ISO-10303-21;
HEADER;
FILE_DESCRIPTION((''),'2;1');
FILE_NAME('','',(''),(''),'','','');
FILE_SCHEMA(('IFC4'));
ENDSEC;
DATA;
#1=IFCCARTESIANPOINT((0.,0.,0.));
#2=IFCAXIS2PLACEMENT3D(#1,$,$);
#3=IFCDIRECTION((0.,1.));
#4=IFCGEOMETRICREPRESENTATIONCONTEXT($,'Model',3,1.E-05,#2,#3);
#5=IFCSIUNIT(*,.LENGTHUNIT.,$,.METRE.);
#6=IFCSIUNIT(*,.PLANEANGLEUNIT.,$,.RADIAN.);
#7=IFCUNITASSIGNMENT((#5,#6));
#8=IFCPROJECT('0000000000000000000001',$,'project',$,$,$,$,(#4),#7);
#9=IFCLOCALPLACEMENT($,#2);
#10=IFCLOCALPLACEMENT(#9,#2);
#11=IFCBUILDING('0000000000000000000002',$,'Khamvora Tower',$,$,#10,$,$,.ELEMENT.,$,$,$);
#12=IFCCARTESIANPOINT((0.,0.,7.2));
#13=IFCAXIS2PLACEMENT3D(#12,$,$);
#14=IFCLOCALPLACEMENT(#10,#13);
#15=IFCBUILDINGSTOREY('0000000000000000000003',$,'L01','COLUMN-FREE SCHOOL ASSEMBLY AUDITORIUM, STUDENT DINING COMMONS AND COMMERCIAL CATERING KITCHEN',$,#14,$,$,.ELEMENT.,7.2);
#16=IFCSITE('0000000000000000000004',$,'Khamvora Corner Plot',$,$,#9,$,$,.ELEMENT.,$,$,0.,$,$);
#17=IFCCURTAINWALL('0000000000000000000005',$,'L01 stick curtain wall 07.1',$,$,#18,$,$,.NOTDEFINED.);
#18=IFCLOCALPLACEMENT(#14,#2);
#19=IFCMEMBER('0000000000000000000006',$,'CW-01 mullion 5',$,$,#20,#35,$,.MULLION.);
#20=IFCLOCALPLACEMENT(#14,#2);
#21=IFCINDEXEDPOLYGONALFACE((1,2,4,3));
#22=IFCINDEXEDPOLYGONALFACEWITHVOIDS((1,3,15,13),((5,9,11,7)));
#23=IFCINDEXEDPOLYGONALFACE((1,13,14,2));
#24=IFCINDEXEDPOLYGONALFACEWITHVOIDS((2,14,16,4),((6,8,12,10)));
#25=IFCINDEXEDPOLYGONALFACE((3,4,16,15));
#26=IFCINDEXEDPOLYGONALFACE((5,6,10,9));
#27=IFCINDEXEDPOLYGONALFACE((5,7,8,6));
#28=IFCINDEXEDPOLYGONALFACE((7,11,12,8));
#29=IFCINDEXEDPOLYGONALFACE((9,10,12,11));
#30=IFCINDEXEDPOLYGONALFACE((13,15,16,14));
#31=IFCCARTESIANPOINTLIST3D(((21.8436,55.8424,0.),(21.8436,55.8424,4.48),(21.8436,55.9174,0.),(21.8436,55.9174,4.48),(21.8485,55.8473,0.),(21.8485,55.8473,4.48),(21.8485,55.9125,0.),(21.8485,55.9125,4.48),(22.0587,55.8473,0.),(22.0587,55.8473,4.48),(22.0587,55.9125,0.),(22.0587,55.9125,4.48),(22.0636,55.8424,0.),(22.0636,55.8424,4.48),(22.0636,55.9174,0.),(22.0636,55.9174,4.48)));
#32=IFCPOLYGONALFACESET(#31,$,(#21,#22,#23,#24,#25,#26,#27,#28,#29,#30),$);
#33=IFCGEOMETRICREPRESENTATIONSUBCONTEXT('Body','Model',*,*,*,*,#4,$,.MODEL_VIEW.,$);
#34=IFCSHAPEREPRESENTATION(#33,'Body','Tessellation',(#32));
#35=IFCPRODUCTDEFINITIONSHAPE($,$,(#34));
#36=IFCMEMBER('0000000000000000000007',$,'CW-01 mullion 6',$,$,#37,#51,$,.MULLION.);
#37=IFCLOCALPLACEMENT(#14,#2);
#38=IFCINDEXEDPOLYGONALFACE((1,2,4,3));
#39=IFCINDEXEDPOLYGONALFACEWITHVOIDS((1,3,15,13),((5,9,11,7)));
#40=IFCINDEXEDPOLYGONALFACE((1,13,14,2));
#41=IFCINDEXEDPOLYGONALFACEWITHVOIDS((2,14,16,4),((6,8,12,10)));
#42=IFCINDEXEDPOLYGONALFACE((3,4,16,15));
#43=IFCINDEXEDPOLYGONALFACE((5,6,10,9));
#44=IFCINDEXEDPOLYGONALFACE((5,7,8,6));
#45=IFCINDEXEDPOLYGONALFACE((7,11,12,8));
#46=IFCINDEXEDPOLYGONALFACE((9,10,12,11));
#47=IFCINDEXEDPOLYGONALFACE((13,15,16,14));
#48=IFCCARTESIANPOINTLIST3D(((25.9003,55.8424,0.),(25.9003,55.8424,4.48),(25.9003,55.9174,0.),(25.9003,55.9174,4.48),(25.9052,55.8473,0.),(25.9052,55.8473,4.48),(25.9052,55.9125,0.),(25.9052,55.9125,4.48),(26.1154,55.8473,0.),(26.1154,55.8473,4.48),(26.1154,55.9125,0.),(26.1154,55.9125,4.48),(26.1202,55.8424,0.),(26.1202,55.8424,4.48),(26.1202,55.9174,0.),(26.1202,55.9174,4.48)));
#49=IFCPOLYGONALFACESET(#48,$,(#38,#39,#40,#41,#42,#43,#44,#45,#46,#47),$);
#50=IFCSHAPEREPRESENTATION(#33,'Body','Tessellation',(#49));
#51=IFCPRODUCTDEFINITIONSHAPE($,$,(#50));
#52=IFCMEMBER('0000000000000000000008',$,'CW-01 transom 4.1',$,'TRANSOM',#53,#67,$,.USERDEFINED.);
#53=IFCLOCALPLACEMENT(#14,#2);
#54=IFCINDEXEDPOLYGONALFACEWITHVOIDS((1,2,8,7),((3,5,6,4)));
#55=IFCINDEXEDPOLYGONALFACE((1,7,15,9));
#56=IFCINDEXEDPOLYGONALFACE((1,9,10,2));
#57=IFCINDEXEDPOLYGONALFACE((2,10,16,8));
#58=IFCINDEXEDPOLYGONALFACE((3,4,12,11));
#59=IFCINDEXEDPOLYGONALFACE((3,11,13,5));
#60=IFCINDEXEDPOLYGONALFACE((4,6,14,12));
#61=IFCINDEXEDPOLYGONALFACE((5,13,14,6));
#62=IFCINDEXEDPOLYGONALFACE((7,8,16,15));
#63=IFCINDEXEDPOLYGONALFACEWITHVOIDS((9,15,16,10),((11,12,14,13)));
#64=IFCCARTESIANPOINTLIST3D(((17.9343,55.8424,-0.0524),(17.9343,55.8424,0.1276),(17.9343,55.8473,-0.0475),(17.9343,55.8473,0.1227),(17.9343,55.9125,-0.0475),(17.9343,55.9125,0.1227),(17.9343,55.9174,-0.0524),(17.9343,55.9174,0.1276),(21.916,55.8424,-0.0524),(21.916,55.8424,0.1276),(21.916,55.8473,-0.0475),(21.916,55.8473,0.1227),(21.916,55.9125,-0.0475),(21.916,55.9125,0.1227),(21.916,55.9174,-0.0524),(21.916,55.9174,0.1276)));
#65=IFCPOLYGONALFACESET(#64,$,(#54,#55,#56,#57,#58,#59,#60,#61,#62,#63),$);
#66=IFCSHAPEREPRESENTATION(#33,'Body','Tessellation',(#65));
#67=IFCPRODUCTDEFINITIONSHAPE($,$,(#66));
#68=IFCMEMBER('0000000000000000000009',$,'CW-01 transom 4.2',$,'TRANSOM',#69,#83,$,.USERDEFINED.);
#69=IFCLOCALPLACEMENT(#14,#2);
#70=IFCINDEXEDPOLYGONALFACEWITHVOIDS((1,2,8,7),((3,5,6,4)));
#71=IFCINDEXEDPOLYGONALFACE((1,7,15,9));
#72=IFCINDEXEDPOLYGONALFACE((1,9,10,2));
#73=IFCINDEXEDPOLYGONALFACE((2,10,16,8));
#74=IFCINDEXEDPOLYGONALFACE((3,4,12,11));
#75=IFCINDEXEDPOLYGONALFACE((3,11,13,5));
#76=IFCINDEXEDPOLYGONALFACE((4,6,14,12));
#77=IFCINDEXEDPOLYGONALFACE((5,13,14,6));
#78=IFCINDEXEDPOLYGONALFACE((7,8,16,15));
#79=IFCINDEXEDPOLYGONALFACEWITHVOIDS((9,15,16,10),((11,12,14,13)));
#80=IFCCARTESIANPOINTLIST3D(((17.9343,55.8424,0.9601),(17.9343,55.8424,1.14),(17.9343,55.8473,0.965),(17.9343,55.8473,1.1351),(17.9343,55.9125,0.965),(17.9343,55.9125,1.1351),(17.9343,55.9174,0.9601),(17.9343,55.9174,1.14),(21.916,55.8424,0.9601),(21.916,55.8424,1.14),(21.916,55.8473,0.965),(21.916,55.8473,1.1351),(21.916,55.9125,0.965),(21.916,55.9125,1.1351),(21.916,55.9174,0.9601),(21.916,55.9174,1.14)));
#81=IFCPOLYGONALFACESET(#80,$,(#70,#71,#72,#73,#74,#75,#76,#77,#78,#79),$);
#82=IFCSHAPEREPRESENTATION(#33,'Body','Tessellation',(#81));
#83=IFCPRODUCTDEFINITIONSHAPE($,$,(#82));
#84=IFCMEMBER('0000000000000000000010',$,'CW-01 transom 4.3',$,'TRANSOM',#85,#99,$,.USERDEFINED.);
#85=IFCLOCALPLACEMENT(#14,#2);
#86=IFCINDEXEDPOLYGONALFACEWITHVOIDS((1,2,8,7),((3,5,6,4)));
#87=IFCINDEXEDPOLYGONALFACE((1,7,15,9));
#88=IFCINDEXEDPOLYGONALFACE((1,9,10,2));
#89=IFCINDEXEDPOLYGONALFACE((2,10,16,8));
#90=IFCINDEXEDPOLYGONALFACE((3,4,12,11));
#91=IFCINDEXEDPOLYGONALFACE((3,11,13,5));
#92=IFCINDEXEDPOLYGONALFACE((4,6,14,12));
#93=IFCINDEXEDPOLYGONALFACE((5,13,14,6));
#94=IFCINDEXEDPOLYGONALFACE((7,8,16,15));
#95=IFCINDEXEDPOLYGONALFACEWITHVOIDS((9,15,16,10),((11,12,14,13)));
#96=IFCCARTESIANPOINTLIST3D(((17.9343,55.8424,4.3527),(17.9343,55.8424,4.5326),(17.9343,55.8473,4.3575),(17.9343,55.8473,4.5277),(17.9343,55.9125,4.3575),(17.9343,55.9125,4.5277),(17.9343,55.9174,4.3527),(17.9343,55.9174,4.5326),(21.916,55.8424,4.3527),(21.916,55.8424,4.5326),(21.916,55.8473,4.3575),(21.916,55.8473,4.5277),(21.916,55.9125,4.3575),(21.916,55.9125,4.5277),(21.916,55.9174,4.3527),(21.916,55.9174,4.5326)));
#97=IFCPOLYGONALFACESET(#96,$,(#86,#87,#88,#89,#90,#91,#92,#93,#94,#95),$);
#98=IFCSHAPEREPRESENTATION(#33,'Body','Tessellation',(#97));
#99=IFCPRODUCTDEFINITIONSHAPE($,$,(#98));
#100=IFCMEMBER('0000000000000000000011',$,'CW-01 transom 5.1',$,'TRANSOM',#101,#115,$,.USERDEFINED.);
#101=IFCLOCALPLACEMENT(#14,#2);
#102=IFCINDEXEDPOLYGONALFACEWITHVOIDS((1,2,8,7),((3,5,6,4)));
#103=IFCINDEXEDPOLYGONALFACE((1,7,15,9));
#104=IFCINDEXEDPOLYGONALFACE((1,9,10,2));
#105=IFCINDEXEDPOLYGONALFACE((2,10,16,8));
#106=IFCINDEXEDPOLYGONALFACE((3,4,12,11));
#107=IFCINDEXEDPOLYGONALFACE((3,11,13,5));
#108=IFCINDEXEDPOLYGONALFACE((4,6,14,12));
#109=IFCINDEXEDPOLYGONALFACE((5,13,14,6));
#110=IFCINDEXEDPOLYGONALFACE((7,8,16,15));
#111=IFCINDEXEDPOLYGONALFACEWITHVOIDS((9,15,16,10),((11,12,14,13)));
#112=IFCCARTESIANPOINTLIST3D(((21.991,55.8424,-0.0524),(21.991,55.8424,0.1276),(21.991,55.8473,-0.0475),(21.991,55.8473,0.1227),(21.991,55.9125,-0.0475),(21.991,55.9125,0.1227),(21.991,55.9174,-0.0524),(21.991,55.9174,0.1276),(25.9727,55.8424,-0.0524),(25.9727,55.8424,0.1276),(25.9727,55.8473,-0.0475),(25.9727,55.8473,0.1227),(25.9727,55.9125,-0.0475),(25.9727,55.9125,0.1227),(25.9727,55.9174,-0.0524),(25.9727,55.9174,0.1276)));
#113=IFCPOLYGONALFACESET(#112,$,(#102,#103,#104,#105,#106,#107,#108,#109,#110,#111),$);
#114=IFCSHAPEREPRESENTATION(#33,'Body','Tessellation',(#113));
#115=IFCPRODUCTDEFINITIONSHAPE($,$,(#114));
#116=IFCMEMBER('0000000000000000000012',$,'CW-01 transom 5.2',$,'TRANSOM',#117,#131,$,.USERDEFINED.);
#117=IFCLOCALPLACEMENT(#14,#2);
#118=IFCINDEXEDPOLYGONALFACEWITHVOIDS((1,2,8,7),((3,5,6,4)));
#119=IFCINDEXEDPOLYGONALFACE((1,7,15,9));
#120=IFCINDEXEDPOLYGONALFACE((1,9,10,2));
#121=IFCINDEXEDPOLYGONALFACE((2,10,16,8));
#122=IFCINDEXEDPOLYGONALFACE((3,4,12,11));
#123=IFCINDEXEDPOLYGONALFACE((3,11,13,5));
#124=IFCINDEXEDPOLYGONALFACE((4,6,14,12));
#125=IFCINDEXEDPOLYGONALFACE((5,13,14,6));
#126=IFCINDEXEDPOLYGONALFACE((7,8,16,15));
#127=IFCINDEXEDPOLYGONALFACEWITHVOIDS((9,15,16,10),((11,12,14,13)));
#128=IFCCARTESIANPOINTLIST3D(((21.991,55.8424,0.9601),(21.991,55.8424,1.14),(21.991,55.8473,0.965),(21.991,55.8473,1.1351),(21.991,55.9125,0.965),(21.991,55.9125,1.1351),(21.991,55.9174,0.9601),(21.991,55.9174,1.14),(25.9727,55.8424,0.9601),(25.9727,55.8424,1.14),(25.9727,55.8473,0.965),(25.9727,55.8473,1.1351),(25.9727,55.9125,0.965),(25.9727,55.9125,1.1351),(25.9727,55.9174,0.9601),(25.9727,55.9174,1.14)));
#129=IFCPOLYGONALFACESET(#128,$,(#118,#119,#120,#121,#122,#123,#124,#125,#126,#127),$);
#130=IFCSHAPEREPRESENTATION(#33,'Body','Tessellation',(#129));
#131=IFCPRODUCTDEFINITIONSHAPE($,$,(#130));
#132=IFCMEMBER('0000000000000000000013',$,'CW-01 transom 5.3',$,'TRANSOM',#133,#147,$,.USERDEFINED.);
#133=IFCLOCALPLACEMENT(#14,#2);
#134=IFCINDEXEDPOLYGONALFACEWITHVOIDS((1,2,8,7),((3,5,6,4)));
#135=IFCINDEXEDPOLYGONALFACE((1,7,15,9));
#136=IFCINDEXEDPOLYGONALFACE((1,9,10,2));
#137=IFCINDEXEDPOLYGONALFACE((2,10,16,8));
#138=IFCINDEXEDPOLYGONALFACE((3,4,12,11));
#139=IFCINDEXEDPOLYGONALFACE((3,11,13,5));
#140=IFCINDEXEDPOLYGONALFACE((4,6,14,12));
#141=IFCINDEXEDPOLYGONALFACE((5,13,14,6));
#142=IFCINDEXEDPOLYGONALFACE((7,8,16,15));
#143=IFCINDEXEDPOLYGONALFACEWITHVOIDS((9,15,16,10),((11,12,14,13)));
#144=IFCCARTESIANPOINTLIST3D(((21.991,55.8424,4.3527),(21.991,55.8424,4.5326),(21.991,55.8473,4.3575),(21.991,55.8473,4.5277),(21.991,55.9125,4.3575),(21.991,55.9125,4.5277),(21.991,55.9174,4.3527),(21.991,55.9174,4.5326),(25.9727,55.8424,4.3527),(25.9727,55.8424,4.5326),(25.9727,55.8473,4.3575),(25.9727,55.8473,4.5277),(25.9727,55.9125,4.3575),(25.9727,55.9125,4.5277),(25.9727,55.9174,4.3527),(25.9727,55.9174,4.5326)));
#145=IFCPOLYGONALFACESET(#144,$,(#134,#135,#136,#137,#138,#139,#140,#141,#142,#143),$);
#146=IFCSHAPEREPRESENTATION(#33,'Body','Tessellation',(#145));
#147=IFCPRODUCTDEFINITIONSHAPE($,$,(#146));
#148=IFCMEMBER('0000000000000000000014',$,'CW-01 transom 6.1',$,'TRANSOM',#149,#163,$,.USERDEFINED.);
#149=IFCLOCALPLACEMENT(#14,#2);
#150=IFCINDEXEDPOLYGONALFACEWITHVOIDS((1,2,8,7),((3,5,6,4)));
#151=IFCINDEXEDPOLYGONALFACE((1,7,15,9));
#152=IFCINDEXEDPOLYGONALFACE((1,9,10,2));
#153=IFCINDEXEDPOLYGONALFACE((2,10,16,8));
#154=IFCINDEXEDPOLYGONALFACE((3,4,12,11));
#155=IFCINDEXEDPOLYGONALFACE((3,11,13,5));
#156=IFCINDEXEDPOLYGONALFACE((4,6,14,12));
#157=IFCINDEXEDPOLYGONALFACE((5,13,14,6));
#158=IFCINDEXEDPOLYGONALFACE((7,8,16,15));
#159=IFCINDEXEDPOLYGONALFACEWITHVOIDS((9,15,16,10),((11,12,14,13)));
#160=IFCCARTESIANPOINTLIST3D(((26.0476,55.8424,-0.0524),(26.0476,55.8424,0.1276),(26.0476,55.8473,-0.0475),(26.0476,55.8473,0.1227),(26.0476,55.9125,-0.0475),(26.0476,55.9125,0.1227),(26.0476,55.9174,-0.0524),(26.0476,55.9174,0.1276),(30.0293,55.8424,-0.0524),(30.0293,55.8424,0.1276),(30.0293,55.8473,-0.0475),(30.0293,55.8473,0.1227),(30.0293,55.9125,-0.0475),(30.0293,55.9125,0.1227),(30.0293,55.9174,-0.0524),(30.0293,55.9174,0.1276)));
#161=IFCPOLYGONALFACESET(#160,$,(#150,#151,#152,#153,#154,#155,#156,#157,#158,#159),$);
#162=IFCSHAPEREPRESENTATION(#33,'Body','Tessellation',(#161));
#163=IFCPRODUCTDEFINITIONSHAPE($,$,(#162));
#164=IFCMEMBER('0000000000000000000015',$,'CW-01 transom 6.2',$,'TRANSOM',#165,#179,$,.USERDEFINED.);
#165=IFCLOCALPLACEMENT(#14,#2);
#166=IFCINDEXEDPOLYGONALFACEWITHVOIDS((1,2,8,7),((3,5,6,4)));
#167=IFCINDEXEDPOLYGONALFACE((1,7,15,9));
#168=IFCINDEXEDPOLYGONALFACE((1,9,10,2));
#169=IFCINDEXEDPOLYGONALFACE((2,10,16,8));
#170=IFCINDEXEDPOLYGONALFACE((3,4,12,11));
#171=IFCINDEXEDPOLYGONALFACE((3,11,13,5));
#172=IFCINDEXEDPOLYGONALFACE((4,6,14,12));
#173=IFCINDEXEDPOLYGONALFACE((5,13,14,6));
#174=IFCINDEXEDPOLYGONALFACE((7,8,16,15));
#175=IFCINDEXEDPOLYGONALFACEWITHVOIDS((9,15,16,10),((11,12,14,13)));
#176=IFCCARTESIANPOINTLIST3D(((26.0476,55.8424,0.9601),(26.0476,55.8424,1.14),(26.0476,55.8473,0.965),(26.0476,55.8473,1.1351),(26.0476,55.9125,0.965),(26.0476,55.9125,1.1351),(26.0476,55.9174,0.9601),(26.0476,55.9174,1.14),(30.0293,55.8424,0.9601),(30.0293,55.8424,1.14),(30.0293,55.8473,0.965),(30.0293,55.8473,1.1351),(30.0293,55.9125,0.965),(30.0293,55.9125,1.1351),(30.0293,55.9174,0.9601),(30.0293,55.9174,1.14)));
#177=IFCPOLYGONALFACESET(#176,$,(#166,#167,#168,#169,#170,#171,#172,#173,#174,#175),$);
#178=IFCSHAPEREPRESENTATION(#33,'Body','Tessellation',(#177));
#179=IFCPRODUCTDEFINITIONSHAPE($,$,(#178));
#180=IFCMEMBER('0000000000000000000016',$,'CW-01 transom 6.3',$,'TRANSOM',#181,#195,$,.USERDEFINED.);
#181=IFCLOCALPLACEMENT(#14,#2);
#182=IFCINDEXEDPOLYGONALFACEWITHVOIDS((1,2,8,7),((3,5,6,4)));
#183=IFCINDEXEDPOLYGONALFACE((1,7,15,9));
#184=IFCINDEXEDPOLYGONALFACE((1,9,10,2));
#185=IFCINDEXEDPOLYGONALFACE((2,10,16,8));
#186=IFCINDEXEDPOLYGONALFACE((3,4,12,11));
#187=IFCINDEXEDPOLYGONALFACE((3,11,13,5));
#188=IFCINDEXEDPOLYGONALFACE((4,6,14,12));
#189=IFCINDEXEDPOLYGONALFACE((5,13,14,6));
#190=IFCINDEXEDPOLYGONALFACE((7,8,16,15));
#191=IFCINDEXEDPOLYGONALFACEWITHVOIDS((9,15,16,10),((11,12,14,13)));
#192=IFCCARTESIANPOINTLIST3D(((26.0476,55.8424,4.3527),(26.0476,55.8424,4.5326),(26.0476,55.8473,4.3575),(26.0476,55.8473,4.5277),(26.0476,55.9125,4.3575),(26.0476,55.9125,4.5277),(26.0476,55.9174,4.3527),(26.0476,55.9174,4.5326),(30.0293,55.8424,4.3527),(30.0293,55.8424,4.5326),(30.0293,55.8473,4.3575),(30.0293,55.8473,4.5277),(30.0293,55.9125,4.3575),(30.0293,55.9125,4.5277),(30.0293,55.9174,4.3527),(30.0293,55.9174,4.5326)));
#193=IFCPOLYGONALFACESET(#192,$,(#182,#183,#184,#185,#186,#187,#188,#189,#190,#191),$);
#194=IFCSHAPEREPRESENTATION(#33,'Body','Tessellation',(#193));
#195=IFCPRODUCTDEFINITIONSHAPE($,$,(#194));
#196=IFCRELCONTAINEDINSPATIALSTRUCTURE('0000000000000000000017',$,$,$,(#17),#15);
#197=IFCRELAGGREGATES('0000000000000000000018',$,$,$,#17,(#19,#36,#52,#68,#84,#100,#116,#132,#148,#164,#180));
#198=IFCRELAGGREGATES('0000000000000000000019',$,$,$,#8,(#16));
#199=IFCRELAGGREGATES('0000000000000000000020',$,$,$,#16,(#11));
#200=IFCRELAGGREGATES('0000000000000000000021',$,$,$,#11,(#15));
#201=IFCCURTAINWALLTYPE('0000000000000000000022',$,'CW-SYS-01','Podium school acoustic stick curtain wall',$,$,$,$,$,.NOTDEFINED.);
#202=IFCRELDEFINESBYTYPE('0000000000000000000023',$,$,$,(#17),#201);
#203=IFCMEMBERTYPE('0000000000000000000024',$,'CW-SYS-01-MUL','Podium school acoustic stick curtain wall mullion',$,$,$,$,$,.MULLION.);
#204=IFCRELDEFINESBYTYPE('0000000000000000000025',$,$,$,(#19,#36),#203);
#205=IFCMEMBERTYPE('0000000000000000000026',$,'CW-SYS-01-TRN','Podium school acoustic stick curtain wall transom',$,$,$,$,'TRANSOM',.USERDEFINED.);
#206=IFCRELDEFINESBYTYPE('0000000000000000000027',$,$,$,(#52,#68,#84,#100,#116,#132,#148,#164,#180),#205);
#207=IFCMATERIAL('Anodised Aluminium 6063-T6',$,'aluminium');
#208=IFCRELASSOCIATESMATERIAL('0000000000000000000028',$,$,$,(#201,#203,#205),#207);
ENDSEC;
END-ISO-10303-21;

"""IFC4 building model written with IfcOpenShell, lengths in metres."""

from ifc_helpers import new_model, si_unit, direction, frame, origin, origin_2d, place, context, subcontext, project, spatial, hollow_rectangle, extrude, material, material_profile, profile_set, type_object, element, aggregate, save


model = new_model("IFC4")

# Units and contexts
model_context = context("Model", 3, precision=1e-05, world=origin(), true_north=direction((0.0, 1.0)))
body_context = subcontext(model_context, "Body", "Model", "MODEL_VIEW")
ifc_project = project(units=[si_unit("LENGTHUNIT", "METRE"), si_unit("PLANEANGLEUNIT", "RADIAN")], contexts=[model_context])

# Site, building, storey
site_placement = place(None, origin())
site = spatial("IfcSite", under=ifc_project, at=site_placement, Name="Khamvora Corner Plot", CompositionType="ELEMENT", RefElevation=0.0)
building_placement = place(site_placement, origin())
building = spatial("IfcBuilding", under=site, at=building_placement, Name="Khamvora Tower", CompositionType="ELEMENT")
storey_placement = place(building_placement, frame((0.0, 0.0, 7.2)))
storey = spatial("IfcBuildingStorey", under=building, at=storey_placement, Name="L01", Description="COLUMN-FREE SCHOOL ASSEMBLY AUDITORIUM, STUDENT DINING COMMONS AND COMMERCIAL CATERING KITCHEN", CompositionType="ELEMENT", Elevation=7.2)

# Curtain wall, members
ifc_material_1 = material(Name="Anodised Aluminium 6063-T6", Category="aluminium")
curtain_wall_type = type_object("IfcCurtainWallType", Name="CW-SYS-01", Description="Podium school acoustic stick curtain wall", PredefinedType="NOTDEFINED", material=ifc_material_1)
curtain_wall_placement = place(storey_placement, origin())
curtain_wall = element("IfcCurtainWall", 1, at=curtain_wall_placement, inside=storey, type_object=curtain_wall_type, Name="L01 stick curtain wall 07.1", PredefinedType="NOTDEFINED")
ifc_material_profile_1 = material_profile(ifc_material_1, hollow_rectangle(XDim=0.075, YDim=0.22, WallThickness=0.0049, at=origin_2d()), Name="MUL75x220x5")
ifc_profile_set_1 = profile_set([ifc_material_profile_1], Name="Anodised Aluminium 6063-T6")
member_type_1 = type_object("IfcMemberType", Name="CW-SYS-01-MUL", Description="Podium school acoustic stick curtain wall mullion", PredefinedType="MULLION", material=ifc_profile_set_1)
member_1_placement = place(storey_placement, frame((21.9536, 55.8799, 0.0), z_axis=(0.0, 0.0, 1.0), x_axis=(0.0, 1.0, 0.0)))
member_1 = element("IfcMember", 2, at=member_1_placement, type_object=member_type_1, Name="CW-01 mullion 5", PredefinedType="MULLION", context=body_context, shape_type="SweptSolid", body=[
    extrude(hollow_rectangle(XDim=0.075, YDim=0.22, WallThickness=0.0049, at=origin_2d()), origin(), (0.0, 0.0, 1.0), 4.48),
])
member_2_placement = place(storey_placement, frame((26.0103, 55.8799, 0.0), z_axis=(0.0, 0.0, 1.0), x_axis=(0.0, 1.0, 0.0)))
member_2 = element("IfcMember", 3, at=member_2_placement, type_object=member_type_1, Name="CW-01 mullion 6", PredefinedType="MULLION", context=body_context, shape_type="SweptSolid", body=[
    extrude(hollow_rectangle(XDim=0.075, YDim=0.22, WallThickness=0.0049, at=origin_2d()), origin(), (0.0, 0.0, 1.0), 4.48),
])
ifc_material_profile_2 = material_profile(ifc_material_1, hollow_rectangle(XDim=0.075, YDim=0.1799, WallThickness=0.0049, at=origin_2d()), Name="TRN75x180x5")
ifc_profile_set_2 = profile_set([ifc_material_profile_2], Name="Anodised Aluminium 6063-T6")
member_type_2 = type_object("IfcMemberType", Name="CW-SYS-01-TRN", Description="Podium school acoustic stick curtain wall transom", ElementType="TRANSOM", PredefinedType="USERDEFINED", material=ifc_profile_set_2)
member_3_placement = place(storey_placement, frame((17.9343, 55.8799, 0.0376), z_axis=(1.0, 0.0, 0.0), x_axis=(0.0, 1.0, 0.0)))
member_3 = element("IfcMember", 4, at=member_3_placement, type_object=member_type_2, Name="CW-01 transom 4.1", ObjectType="TRANSOM", PredefinedType="USERDEFINED", context=body_context, shape_type="SweptSolid", body=[
    extrude(hollow_rectangle(XDim=0.075, YDim=0.1799, WallThickness=0.0049, at=origin_2d()), origin(), (0.0, 0.0, 1.0), 3.9817),
])
member_4_placement = place(storey_placement, frame((17.9343, 55.8799, 1.05), z_axis=(1.0, 0.0, 0.0), x_axis=(0.0, 1.0, 0.0)))
member_4 = element("IfcMember", 5, at=member_4_placement, type_object=member_type_2, Name="CW-01 transom 4.2", ObjectType="TRANSOM", PredefinedType="USERDEFINED", context=body_context, shape_type="SweptSolid", body=[
    extrude(hollow_rectangle(XDim=0.075, YDim=0.1799, WallThickness=0.0049, at=origin_2d()), origin(), (0.0, 0.0, 1.0), 3.9817),
])
member_5_placement = place(storey_placement, frame((17.9343, 55.8799, 4.4426), z_axis=(1.0, 0.0, 0.0), x_axis=(0.0, 1.0, 0.0)))
member_5 = element("IfcMember", 6, at=member_5_placement, type_object=member_type_2, Name="CW-01 transom 4.3", ObjectType="TRANSOM", PredefinedType="USERDEFINED", context=body_context, shape_type="SweptSolid", body=[
    extrude(hollow_rectangle(XDim=0.075, YDim=0.1799, WallThickness=0.0049, at=origin_2d()), origin(), (0.0, 0.0, 1.0), 3.9817),
])
member_6_placement = place(storey_placement, frame((21.991, 55.8799, 0.0376), z_axis=(1.0, 0.0, 0.0), x_axis=(0.0, 1.0, 0.0)))
member_6 = element("IfcMember", 7, at=member_6_placement, type_object=member_type_2, Name="CW-01 transom 5.1", ObjectType="TRANSOM", PredefinedType="USERDEFINED", context=body_context, shape_type="SweptSolid", body=[
    extrude(hollow_rectangle(XDim=0.075, YDim=0.1799, WallThickness=0.0049, at=origin_2d()), origin(), (0.0, 0.0, 1.0), 3.9817),
])
member_7_placement = place(storey_placement, frame((21.991, 55.8799, 1.05), z_axis=(1.0, 0.0, 0.0), x_axis=(0.0, 1.0, 0.0)))
member_7 = element("IfcMember", 8, at=member_7_placement, type_object=member_type_2, Name="CW-01 transom 5.2", ObjectType="TRANSOM", PredefinedType="USERDEFINED", context=body_context, shape_type="SweptSolid", body=[
    extrude(hollow_rectangle(XDim=0.075, YDim=0.1799, WallThickness=0.0049, at=origin_2d()), origin(), (0.0, 0.0, 1.0), 3.9817),
])
member_8_placement = place(storey_placement, frame((21.991, 55.8799, 4.4426), z_axis=(1.0, 0.0, 0.0), x_axis=(0.0, 1.0, 0.0)))
member_8 = element("IfcMember", 9, at=member_8_placement, type_object=member_type_2, Name="CW-01 transom 5.3", ObjectType="TRANSOM", PredefinedType="USERDEFINED", context=body_context, shape_type="SweptSolid", body=[
    extrude(hollow_rectangle(XDim=0.075, YDim=0.1799, WallThickness=0.0049, at=origin_2d()), origin(), (0.0, 0.0, 1.0), 3.9817),
])
member_9_placement = place(storey_placement, frame((26.0476, 55.8799, 0.0376), z_axis=(1.0, 0.0, 0.0), x_axis=(0.0, 1.0, 0.0)))
member_9 = element("IfcMember", 10, at=member_9_placement, type_object=member_type_2, Name="CW-01 transom 6.1", ObjectType="TRANSOM", PredefinedType="USERDEFINED", context=body_context, shape_type="SweptSolid", body=[
    extrude(hollow_rectangle(XDim=0.075, YDim=0.1799, WallThickness=0.0049, at=origin_2d()), origin(), (0.0, 0.0, 1.0), 3.9817),
])
member_10_placement = place(storey_placement, frame((26.0476, 55.8799, 1.05), z_axis=(1.0, 0.0, 0.0), x_axis=(0.0, 1.0, 0.0)))
member_10 = element("IfcMember", 11, at=member_10_placement, type_object=member_type_2, Name="CW-01 transom 6.2", ObjectType="TRANSOM", PredefinedType="USERDEFINED", context=body_context, shape_type="SweptSolid", body=[
    extrude(hollow_rectangle(XDim=0.075, YDim=0.1799, WallThickness=0.0049, at=origin_2d()), origin(), (0.0, 0.0, 1.0), 3.9817),
])
member_11_placement = place(storey_placement, frame((26.0476, 55.8799, 4.4426), z_axis=(1.0, 0.0, 0.0), x_axis=(0.0, 1.0, 0.0)))
member_11 = element("IfcMember", 12, at=member_11_placement, type_object=member_type_2, Name="CW-01 transom 6.3", ObjectType="TRANSOM", PredefinedType="USERDEFINED", context=body_context, shape_type="SweptSolid", body=[
    extrude(hollow_rectangle(XDim=0.075, YDim=0.1799, WallThickness=0.0049, at=origin_2d()), origin(), (0.0, 0.0, 1.0), 3.9817),
])

aggregate(curtain_wall, [member_1, member_2, member_3, member_4, member_5, member_6, member_7, member_8, member_9, member_10, member_11])

save(model, "model.ifc")
